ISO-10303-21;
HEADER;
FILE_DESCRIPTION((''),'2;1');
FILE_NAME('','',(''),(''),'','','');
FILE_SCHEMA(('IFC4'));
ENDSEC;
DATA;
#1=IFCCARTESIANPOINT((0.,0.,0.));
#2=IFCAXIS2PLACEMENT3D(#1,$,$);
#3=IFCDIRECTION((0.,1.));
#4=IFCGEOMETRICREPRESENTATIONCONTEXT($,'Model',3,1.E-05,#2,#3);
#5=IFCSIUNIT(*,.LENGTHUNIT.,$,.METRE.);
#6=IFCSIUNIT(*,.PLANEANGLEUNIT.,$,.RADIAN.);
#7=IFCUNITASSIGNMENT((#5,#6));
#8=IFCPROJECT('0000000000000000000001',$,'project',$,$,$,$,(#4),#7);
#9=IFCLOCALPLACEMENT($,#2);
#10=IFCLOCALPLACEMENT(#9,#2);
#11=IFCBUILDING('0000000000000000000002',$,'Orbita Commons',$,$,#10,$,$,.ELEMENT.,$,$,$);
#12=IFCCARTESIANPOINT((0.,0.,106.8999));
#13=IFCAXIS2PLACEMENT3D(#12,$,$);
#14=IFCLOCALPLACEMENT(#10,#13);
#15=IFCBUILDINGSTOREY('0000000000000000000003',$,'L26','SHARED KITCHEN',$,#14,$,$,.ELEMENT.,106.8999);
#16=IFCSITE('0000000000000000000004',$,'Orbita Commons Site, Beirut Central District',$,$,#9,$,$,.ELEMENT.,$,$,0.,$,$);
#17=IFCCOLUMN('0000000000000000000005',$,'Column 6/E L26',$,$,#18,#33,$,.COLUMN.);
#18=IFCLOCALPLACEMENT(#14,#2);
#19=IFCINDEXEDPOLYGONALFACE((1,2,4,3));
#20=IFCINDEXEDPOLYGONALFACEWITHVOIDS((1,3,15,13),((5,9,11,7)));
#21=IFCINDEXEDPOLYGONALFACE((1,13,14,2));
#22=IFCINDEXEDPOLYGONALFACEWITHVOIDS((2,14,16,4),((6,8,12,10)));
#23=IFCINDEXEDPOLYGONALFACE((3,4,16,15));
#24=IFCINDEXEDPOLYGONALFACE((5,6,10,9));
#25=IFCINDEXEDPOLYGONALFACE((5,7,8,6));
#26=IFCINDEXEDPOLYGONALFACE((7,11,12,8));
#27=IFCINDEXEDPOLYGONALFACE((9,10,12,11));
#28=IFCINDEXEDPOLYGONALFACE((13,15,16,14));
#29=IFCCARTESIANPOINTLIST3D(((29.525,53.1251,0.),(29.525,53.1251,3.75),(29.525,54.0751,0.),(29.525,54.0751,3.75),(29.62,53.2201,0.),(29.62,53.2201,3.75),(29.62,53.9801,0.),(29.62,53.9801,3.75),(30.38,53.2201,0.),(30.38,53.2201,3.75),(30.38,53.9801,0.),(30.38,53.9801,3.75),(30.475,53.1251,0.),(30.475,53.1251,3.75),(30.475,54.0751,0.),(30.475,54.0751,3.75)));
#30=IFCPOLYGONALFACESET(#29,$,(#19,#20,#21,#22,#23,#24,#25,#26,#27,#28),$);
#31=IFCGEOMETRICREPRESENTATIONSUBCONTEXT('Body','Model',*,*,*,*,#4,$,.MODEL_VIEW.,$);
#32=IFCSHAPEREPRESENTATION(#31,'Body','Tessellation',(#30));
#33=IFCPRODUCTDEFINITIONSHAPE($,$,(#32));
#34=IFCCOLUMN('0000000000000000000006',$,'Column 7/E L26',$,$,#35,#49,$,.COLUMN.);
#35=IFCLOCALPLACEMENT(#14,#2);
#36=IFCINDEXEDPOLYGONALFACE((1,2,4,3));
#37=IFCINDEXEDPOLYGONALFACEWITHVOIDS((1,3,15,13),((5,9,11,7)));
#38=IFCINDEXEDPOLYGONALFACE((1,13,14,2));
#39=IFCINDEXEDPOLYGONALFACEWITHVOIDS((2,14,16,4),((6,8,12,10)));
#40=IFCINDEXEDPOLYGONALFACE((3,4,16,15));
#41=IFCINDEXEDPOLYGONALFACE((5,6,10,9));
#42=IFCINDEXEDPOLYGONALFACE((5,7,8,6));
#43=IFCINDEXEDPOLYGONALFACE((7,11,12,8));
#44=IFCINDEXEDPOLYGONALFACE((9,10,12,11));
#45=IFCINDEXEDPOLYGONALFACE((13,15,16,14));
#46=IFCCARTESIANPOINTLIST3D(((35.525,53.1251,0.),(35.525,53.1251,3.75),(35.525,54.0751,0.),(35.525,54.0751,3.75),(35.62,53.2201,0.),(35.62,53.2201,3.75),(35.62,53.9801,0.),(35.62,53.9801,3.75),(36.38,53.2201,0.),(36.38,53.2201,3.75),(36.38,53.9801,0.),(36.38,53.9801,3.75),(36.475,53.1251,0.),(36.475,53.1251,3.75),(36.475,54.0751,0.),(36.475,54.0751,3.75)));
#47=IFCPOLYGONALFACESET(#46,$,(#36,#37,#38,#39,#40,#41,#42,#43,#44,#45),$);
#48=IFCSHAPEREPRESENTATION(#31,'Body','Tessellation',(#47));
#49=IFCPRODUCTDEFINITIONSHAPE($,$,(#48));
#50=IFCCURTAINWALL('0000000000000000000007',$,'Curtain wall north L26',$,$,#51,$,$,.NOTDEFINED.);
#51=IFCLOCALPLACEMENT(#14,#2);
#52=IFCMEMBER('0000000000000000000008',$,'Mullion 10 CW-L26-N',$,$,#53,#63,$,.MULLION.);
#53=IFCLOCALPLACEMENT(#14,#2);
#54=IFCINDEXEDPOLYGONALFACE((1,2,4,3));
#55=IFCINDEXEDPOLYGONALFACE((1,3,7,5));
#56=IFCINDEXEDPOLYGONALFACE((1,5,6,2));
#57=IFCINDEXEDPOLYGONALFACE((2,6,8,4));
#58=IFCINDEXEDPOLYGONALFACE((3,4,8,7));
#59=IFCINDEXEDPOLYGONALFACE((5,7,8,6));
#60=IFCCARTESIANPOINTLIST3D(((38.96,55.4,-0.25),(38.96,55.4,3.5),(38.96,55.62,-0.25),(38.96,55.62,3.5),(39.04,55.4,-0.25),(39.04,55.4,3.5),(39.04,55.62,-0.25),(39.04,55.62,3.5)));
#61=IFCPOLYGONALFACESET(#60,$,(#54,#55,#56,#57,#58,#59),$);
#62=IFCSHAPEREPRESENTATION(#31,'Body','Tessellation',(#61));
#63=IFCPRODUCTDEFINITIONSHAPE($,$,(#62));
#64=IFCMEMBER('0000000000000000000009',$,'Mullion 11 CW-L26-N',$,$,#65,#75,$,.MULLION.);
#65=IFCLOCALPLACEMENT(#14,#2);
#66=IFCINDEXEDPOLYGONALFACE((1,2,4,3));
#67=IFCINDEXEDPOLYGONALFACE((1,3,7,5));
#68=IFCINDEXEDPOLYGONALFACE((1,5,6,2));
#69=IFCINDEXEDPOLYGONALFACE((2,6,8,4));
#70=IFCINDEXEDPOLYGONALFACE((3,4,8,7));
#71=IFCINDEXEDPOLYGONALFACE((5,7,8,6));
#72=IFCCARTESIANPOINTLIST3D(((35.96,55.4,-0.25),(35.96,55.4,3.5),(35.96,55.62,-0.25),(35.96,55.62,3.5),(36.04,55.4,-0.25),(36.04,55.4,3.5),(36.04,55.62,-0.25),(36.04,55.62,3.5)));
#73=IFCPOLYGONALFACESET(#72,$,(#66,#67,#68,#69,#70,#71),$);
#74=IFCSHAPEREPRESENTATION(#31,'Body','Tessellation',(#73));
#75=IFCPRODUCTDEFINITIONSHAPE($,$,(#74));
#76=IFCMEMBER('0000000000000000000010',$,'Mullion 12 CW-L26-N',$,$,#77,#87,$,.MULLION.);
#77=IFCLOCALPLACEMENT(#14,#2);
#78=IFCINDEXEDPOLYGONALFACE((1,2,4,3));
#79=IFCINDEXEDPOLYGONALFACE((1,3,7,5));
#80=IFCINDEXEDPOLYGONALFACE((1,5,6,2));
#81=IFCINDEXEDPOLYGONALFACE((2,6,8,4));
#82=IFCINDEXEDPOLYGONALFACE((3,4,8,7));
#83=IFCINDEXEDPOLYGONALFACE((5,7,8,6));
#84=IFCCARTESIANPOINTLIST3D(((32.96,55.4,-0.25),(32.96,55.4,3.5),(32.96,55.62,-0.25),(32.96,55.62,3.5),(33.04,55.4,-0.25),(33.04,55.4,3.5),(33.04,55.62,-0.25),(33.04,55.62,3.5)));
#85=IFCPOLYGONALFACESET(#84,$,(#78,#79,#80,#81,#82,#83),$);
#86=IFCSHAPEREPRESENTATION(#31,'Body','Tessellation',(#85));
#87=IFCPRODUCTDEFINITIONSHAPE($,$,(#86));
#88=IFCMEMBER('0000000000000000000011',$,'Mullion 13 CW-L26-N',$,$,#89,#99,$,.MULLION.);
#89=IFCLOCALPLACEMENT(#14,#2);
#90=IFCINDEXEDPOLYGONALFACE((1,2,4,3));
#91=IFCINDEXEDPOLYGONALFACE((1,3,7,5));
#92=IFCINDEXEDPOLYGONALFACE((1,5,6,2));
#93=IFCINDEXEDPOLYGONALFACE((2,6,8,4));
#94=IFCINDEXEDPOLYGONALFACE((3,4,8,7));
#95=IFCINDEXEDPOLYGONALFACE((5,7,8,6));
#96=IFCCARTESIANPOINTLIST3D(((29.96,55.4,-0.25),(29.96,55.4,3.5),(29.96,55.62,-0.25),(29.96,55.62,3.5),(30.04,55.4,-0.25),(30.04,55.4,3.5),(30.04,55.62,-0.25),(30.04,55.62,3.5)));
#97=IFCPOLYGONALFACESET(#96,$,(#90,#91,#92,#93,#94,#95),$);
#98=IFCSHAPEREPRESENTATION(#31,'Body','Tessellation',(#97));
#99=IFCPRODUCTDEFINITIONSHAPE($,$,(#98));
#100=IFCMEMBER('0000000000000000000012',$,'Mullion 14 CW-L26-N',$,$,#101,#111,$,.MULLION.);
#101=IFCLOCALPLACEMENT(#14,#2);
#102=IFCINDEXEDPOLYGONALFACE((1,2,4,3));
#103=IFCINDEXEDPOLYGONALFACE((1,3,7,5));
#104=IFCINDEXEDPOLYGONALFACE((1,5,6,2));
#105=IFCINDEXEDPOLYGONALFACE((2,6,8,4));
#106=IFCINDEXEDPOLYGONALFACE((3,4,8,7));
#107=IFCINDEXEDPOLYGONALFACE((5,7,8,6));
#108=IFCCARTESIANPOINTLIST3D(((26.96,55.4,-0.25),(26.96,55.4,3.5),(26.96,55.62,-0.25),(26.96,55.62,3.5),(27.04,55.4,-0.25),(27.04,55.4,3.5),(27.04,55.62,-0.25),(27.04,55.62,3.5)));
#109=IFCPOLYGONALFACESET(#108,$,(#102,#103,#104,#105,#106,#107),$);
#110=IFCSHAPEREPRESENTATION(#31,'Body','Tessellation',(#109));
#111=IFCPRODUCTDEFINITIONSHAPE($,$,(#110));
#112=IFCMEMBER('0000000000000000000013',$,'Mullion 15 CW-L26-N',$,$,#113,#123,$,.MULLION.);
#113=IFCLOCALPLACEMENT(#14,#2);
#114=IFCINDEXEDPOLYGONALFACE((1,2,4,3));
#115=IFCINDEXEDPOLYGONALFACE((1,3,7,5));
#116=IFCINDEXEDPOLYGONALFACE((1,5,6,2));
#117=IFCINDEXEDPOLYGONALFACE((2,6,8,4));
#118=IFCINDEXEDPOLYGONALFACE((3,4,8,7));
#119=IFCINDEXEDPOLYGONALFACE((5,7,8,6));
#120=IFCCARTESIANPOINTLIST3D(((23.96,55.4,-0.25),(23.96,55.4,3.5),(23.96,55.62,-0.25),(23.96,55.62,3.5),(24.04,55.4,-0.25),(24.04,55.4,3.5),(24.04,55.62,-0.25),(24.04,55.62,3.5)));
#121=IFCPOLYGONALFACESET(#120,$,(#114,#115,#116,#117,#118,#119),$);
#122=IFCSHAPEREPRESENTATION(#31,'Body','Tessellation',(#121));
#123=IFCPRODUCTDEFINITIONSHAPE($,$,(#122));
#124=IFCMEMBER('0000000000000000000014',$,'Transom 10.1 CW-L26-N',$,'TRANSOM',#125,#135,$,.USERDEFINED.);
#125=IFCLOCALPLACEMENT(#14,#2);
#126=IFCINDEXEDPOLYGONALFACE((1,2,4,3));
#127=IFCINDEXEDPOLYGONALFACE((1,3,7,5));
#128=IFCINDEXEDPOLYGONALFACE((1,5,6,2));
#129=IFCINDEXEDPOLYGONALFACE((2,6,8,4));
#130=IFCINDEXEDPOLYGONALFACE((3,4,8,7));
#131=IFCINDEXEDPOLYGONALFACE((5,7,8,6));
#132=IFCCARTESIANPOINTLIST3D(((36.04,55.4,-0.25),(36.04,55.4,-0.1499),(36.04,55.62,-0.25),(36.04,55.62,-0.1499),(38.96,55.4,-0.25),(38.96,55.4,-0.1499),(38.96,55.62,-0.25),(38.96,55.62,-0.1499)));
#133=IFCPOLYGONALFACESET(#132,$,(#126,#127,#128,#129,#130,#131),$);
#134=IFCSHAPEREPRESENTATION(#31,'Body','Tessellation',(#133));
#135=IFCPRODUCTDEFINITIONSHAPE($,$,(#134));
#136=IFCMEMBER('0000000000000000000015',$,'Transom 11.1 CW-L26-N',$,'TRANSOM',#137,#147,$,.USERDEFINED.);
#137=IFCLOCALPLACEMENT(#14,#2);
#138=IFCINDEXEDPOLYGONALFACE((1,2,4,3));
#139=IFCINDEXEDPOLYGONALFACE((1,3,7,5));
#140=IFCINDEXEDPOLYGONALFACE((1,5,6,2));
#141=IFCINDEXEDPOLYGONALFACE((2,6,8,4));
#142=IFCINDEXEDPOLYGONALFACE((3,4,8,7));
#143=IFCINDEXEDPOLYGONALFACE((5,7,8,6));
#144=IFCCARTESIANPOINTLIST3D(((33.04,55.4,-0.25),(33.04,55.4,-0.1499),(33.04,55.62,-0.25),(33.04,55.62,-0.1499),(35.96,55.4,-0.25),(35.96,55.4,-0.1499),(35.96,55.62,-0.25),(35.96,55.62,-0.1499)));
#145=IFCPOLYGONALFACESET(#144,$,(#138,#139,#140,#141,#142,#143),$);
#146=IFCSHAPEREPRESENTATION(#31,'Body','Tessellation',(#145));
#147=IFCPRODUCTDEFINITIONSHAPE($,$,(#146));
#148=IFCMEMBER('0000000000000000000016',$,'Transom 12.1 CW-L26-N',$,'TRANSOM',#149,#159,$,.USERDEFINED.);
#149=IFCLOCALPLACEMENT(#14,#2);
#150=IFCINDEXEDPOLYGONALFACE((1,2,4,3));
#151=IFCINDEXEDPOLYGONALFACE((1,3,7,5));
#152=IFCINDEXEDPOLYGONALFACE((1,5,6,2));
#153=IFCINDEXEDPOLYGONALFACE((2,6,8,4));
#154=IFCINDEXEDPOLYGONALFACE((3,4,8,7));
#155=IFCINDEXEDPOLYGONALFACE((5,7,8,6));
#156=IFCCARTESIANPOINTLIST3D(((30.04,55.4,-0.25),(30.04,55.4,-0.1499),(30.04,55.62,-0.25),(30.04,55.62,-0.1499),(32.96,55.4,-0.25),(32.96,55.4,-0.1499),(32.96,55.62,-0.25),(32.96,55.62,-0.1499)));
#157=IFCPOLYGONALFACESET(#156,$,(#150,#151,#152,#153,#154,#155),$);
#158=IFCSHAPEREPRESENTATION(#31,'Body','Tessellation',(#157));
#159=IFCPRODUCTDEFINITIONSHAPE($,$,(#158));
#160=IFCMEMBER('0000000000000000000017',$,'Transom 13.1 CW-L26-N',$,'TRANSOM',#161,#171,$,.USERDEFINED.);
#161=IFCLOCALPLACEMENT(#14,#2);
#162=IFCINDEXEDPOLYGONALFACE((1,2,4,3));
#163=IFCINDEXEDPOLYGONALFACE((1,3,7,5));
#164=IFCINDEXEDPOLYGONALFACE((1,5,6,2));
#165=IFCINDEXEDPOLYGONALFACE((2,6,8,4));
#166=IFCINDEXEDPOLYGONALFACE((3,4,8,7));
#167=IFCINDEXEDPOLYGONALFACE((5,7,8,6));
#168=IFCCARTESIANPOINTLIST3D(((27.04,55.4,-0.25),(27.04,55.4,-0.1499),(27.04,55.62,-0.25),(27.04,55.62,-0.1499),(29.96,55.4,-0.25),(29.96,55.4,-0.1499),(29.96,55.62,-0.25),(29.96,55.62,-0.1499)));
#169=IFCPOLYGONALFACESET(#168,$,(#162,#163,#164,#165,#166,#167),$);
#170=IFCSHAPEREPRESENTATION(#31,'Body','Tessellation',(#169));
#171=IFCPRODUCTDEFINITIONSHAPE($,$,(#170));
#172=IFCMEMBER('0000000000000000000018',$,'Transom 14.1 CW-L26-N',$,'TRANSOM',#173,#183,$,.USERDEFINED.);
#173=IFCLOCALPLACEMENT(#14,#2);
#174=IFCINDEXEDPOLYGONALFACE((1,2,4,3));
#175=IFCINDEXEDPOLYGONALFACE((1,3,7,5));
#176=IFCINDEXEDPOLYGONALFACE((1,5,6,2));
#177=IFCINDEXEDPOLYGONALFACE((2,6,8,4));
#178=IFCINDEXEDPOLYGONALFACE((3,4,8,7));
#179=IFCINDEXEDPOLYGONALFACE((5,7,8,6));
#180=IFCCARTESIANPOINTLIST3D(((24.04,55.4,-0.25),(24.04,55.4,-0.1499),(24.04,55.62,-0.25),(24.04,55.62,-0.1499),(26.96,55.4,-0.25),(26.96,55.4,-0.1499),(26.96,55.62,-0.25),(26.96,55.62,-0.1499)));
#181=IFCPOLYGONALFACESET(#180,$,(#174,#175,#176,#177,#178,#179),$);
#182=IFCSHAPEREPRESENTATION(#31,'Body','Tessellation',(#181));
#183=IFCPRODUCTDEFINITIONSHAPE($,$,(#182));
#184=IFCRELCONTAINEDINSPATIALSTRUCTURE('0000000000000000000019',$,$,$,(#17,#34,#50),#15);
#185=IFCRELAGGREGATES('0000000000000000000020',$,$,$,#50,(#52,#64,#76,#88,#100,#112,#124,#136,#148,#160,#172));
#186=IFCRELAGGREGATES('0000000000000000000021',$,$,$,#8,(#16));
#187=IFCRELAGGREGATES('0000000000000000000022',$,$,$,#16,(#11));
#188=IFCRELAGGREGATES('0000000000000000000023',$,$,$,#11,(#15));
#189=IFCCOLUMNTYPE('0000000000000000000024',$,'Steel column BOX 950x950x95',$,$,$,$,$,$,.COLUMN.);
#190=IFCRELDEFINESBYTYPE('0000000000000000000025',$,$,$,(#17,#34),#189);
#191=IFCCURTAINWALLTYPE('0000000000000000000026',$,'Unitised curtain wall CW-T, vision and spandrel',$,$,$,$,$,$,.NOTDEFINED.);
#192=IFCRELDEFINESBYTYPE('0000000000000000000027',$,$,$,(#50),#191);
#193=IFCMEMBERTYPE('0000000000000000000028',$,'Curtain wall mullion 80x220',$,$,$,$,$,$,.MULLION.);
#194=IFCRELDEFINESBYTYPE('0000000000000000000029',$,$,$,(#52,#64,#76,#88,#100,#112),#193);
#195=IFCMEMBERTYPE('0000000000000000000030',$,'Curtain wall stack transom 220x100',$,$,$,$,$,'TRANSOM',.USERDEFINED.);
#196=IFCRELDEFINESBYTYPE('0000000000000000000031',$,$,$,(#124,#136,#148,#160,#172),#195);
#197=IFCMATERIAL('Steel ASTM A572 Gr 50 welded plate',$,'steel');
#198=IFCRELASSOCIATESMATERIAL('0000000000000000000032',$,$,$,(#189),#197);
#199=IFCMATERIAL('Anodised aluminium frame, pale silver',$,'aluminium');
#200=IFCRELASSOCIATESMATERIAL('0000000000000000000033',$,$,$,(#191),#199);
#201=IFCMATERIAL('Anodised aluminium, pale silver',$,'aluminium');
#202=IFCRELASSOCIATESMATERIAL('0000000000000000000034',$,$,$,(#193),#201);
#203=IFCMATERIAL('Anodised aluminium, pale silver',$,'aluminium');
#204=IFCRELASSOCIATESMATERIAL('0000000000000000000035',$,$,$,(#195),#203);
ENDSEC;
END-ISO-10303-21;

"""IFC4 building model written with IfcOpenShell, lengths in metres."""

from ifc_helpers import new_model, si_unit, direction, frame, origin, origin_2d, place, context, subcontext, project, spatial, rectangle, hollow_rectangle, extrude, material, material_profile, profile_set, type_object, element, aggregate, save


model = new_model("IFC4")

# Units and contexts
model_context = context("Model", 3, precision=1e-05, world=origin(), true_north=direction((0.0, 1.0)))
body_context = subcontext(model_context, "Body", "Model", "MODEL_VIEW")
ifc_project = project(units=[si_unit("LENGTHUNIT", "METRE"), si_unit("PLANEANGLEUNIT", "RADIAN")], contexts=[model_context])

# Site, building, storey
site_placement = place(None, origin())
site = spatial("IfcSite", under=ifc_project, at=site_placement, Name="Orbita Commons Site, Beirut Central District", CompositionType="ELEMENT", RefElevation=0.0)
building_placement = place(site_placement, origin())
building = spatial("IfcBuilding", under=site, at=building_placement, Name="Orbita Commons", CompositionType="ELEMENT")
storey_placement = place(building_placement, frame((0.0, 0.0, 106.8999)))
storey = spatial("IfcBuildingStorey", under=building, at=storey_placement, Name="L26", Description="SHARED KITCHEN", CompositionType="ELEMENT", Elevation=106.8999)

# Columns
ifc_material_1 = material(Name="Steel ASTM A572 Gr 50 welded plate", Category="steel")
ifc_material_profile_1 = material_profile(ifc_material_1, hollow_rectangle(XDim=0.95, YDim=0.95, WallThickness=0.095, at=origin_2d()), Name="BOX 950x950x95")
ifc_profile_set_1 = profile_set([ifc_material_profile_1], Name="Steel ASTM A572 Gr 50 welded plate")
column_type = type_object("IfcColumnType", Name="Steel column BOX 950x950x95", PredefinedType="COLUMN", material=ifc_profile_set_1)
for number, where, z_axis, x_axis, name in (
    (1, (30.0, 53.6001, 0.0), (0.0, 0.0, 1.0), (1.0, 0.0, 0.0), "Column 6/E L26"),
    (2, (36.0, 53.6001, 0.0), (0.0, 0.0, 1.0), (1.0, 0.0, 0.0), "Column 7/E L26"),
):
    element("IfcColumn", number, at=place(storey_placement, frame(where, z_axis=z_axis, x_axis=x_axis)), inside=storey, type_object=column_type, Name=name, PredefinedType="COLUMN", context=body_context, shape_type="SweptSolid", body=[
        extrude(hollow_rectangle(XDim=0.95, YDim=0.95, WallThickness=0.095, at=origin_2d()), origin(), (0.0, 0.0, 1.0), 3.75),
    ])

# Curtain wall, members
ifc_material_2 = material(Name="Anodised aluminium frame, pale silver", Category="aluminium")
curtain_wall_type = type_object("IfcCurtainWallType", Name="Unitised curtain wall CW-T, vision and spandrel", PredefinedType="NOTDEFINED", material=ifc_material_2)
curtain_wall_placement = place(storey_placement, origin())
curtain_wall = element("IfcCurtainWall", 3, at=curtain_wall_placement, inside=storey, type_object=curtain_wall_type, Name="Curtain wall north L26", PredefinedType="NOTDEFINED")
ifc_material_3 = material(Name="Anodised aluminium, pale silver", Category="aluminium")
ifc_material_profile_2 = material_profile(ifc_material_3, rectangle(XDim=0.0801, YDim=0.22, at=origin_2d()), Name="AL 80x220")
ifc_profile_set_2 = profile_set([ifc_material_profile_2], Name="Anodised aluminium, pale silver")
member_type_1 = type_object("IfcMemberType", Name="Curtain wall mullion 80x220", PredefinedType="MULLION", material=ifc_profile_set_2)
member_1_placement = place(storey_placement, frame((39.0, 55.51, -0.25), z_axis=(0.0, 0.0, 1.0), x_axis=(-1.0, 0.0, 0.0)))
member_1 = element("IfcMember", 4, at=member_1_placement, type_object=member_type_1, Name="Mullion 10 CW-L26-N", PredefinedType="MULLION", context=body_context, shape_type="SweptSolid", body=[
    extrude(rectangle(XDim=0.0801, YDim=0.22, at=origin_2d()), origin(), (0.0, 0.0, 1.0), 3.75),
])
member_2_placement = place(storey_placement, frame((36.0, 55.51, -0.25), z_axis=(0.0, 0.0, 1.0), x_axis=(-1.0, 0.0, 0.0)))
member_2 = element("IfcMember", 5, at=member_2_placement, type_object=member_type_1, Name="Mullion 11 CW-L26-N", PredefinedType="MULLION", context=body_context, shape_type="SweptSolid", body=[
    extrude(rectangle(XDim=0.0801, YDim=0.22, at=origin_2d()), origin(), (0.0, 0.0, 1.0), 3.75),
])
member_3_placement = place(storey_placement, frame((33.0, 55.51, -0.25), z_axis=(0.0, 0.0, 1.0), x_axis=(-1.0, 0.0, 0.0)))
member_3 = element("IfcMember", 6, at=member_3_placement, type_object=member_type_1, Name="Mullion 12 CW-L26-N", PredefinedType="MULLION", context=body_context, shape_type="SweptSolid", body=[
    extrude(rectangle(XDim=0.0801, YDim=0.22, at=origin_2d()), origin(), (0.0, 0.0, 1.0), 3.75),
])
member_4_placement = place(storey_placement, frame((30.0, 55.51, -0.25), z_axis=(0.0, 0.0, 1.0), x_axis=(-1.0, 0.0, 0.0)))
member_4 = element("IfcMember", 7, at=member_4_placement, type_object=member_type_1, Name="Mullion 13 CW-L26-N", PredefinedType="MULLION", context=body_context, shape_type="SweptSolid", body=[
    extrude(rectangle(XDim=0.0801, YDim=0.22, at=origin_2d()), origin(), (0.0, 0.0, 1.0), 3.75),
])
member_5_placement = place(storey_placement, frame((27.0, 55.51, -0.25), z_axis=(0.0, 0.0, 1.0), x_axis=(-1.0, 0.0, 0.0)))
member_5 = element("IfcMember", 8, at=member_5_placement, type_object=member_type_1, Name="Mullion 14 CW-L26-N", PredefinedType="MULLION", context=body_context, shape_type="SweptSolid", body=[
    extrude(rectangle(XDim=0.0801, YDim=0.22, at=origin_2d()), origin(), (0.0, 0.0, 1.0), 3.75),
])
member_6_placement = place(storey_placement, frame((24.0, 55.51, -0.25), z_axis=(0.0, 0.0, 1.0), x_axis=(-1.0, 0.0, 0.0)))
member_6 = element("IfcMember", 9, at=member_6_placement, type_object=member_type_1, Name="Mullion 15 CW-L26-N", PredefinedType="MULLION", context=body_context, shape_type="SweptSolid", body=[
    extrude(rectangle(XDim=0.0801, YDim=0.22, at=origin_2d()), origin(), (0.0, 0.0, 1.0), 3.75),
])
ifc_material_4 = material(Name="Anodised aluminium, pale silver", Category="aluminium")
ifc_material_profile_3 = material_profile(ifc_material_4, rectangle(XDim=0.22, YDim=0.1001, at=origin_2d()), Name="AL 220x100")
ifc_profile_set_3 = profile_set([ifc_material_profile_3], Name="Anodised aluminium, pale silver")
member_type_2 = type_object("IfcMemberType", Name="Curtain wall stack transom 220x100", ElementType="TRANSOM", PredefinedType="USERDEFINED", material=ifc_profile_set_3)
member_7_placement = place(storey_placement, frame((38.96, 55.51, -0.2), z_axis=(-1.0, 0.0, 0.0), x_axis=(0.0, -1.0, 0.0)))
member_7 = element("IfcMember", 10, at=member_7_placement, type_object=member_type_2, Name="Transom 10.1 CW-L26-N", ObjectType="TRANSOM", PredefinedType="USERDEFINED", context=body_context, shape_type="SweptSolid", body=[
    extrude(rectangle(XDim=0.22, YDim=0.1001, at=origin_2d()), origin(), (0.0, 0.0, 1.0), 2.9199),
])
member_8_placement = place(storey_placement, frame((35.96, 55.51, -0.2), z_axis=(-1.0, 0.0, 0.0), x_axis=(0.0, -1.0, 0.0)))
member_8 = element("IfcMember", 11, at=member_8_placement, type_object=member_type_2, Name="Transom 11.1 CW-L26-N", ObjectType="TRANSOM", PredefinedType="USERDEFINED", context=body_context, shape_type="SweptSolid", body=[
    extrude(rectangle(XDim=0.22, YDim=0.1001, at=origin_2d()), origin(), (0.0, 0.0, 1.0), 2.9199),
])
member_9_placement = place(storey_placement, frame((32.96, 55.51, -0.2), z_axis=(-1.0, 0.0, 0.0), x_axis=(0.0, -1.0, 0.0)))
member_9 = element("IfcMember", 12, at=member_9_placement, type_object=member_type_2, Name="Transom 12.1 CW-L26-N", ObjectType="TRANSOM", PredefinedType="USERDEFINED", context=body_context, shape_type="SweptSolid", body=[
    extrude(rectangle(XDim=0.22, YDim=0.1001, at=origin_2d()), origin(), (0.0, 0.0, 1.0), 2.9199),
])
member_10_placement = place(storey_placement, frame((29.96, 55.51, -0.2), z_axis=(-1.0, 0.0, 0.0), x_axis=(0.0, -1.0, 0.0)))
member_10 = element("IfcMember", 13, at=member_10_placement, type_object=member_type_2, Name="Transom 13.1 CW-L26-N", ObjectType="TRANSOM", PredefinedType="USERDEFINED", context=body_context, shape_type="SweptSolid", body=[
    extrude(rectangle(XDim=0.22, YDim=0.1001, at=origin_2d()), origin(), (0.0, 0.0, 1.0), 2.9199),
])
member_11_placement = place(storey_placement, frame((26.96, 55.51, -0.2), z_axis=(-1.0, 0.0, 0.0), x_axis=(0.0, -1.0, 0.0)))
member_11 = element("IfcMember", 14, at=member_11_placement, type_object=member_type_2, Name="Transom 14.1 CW-L26-N", ObjectType="TRANSOM", PredefinedType="USERDEFINED", context=body_context, shape_type="SweptSolid", body=[
    extrude(rectangle(XDim=0.22, YDim=0.1001, at=origin_2d()), origin(), (0.0, 0.0, 1.0), 2.9199),
])

aggregate(curtain_wall, [member_1, member_2, member_3, member_4, member_5, member_6, member_7, member_8, member_9, member_10, member_11])

save(model, "model.ifc")
